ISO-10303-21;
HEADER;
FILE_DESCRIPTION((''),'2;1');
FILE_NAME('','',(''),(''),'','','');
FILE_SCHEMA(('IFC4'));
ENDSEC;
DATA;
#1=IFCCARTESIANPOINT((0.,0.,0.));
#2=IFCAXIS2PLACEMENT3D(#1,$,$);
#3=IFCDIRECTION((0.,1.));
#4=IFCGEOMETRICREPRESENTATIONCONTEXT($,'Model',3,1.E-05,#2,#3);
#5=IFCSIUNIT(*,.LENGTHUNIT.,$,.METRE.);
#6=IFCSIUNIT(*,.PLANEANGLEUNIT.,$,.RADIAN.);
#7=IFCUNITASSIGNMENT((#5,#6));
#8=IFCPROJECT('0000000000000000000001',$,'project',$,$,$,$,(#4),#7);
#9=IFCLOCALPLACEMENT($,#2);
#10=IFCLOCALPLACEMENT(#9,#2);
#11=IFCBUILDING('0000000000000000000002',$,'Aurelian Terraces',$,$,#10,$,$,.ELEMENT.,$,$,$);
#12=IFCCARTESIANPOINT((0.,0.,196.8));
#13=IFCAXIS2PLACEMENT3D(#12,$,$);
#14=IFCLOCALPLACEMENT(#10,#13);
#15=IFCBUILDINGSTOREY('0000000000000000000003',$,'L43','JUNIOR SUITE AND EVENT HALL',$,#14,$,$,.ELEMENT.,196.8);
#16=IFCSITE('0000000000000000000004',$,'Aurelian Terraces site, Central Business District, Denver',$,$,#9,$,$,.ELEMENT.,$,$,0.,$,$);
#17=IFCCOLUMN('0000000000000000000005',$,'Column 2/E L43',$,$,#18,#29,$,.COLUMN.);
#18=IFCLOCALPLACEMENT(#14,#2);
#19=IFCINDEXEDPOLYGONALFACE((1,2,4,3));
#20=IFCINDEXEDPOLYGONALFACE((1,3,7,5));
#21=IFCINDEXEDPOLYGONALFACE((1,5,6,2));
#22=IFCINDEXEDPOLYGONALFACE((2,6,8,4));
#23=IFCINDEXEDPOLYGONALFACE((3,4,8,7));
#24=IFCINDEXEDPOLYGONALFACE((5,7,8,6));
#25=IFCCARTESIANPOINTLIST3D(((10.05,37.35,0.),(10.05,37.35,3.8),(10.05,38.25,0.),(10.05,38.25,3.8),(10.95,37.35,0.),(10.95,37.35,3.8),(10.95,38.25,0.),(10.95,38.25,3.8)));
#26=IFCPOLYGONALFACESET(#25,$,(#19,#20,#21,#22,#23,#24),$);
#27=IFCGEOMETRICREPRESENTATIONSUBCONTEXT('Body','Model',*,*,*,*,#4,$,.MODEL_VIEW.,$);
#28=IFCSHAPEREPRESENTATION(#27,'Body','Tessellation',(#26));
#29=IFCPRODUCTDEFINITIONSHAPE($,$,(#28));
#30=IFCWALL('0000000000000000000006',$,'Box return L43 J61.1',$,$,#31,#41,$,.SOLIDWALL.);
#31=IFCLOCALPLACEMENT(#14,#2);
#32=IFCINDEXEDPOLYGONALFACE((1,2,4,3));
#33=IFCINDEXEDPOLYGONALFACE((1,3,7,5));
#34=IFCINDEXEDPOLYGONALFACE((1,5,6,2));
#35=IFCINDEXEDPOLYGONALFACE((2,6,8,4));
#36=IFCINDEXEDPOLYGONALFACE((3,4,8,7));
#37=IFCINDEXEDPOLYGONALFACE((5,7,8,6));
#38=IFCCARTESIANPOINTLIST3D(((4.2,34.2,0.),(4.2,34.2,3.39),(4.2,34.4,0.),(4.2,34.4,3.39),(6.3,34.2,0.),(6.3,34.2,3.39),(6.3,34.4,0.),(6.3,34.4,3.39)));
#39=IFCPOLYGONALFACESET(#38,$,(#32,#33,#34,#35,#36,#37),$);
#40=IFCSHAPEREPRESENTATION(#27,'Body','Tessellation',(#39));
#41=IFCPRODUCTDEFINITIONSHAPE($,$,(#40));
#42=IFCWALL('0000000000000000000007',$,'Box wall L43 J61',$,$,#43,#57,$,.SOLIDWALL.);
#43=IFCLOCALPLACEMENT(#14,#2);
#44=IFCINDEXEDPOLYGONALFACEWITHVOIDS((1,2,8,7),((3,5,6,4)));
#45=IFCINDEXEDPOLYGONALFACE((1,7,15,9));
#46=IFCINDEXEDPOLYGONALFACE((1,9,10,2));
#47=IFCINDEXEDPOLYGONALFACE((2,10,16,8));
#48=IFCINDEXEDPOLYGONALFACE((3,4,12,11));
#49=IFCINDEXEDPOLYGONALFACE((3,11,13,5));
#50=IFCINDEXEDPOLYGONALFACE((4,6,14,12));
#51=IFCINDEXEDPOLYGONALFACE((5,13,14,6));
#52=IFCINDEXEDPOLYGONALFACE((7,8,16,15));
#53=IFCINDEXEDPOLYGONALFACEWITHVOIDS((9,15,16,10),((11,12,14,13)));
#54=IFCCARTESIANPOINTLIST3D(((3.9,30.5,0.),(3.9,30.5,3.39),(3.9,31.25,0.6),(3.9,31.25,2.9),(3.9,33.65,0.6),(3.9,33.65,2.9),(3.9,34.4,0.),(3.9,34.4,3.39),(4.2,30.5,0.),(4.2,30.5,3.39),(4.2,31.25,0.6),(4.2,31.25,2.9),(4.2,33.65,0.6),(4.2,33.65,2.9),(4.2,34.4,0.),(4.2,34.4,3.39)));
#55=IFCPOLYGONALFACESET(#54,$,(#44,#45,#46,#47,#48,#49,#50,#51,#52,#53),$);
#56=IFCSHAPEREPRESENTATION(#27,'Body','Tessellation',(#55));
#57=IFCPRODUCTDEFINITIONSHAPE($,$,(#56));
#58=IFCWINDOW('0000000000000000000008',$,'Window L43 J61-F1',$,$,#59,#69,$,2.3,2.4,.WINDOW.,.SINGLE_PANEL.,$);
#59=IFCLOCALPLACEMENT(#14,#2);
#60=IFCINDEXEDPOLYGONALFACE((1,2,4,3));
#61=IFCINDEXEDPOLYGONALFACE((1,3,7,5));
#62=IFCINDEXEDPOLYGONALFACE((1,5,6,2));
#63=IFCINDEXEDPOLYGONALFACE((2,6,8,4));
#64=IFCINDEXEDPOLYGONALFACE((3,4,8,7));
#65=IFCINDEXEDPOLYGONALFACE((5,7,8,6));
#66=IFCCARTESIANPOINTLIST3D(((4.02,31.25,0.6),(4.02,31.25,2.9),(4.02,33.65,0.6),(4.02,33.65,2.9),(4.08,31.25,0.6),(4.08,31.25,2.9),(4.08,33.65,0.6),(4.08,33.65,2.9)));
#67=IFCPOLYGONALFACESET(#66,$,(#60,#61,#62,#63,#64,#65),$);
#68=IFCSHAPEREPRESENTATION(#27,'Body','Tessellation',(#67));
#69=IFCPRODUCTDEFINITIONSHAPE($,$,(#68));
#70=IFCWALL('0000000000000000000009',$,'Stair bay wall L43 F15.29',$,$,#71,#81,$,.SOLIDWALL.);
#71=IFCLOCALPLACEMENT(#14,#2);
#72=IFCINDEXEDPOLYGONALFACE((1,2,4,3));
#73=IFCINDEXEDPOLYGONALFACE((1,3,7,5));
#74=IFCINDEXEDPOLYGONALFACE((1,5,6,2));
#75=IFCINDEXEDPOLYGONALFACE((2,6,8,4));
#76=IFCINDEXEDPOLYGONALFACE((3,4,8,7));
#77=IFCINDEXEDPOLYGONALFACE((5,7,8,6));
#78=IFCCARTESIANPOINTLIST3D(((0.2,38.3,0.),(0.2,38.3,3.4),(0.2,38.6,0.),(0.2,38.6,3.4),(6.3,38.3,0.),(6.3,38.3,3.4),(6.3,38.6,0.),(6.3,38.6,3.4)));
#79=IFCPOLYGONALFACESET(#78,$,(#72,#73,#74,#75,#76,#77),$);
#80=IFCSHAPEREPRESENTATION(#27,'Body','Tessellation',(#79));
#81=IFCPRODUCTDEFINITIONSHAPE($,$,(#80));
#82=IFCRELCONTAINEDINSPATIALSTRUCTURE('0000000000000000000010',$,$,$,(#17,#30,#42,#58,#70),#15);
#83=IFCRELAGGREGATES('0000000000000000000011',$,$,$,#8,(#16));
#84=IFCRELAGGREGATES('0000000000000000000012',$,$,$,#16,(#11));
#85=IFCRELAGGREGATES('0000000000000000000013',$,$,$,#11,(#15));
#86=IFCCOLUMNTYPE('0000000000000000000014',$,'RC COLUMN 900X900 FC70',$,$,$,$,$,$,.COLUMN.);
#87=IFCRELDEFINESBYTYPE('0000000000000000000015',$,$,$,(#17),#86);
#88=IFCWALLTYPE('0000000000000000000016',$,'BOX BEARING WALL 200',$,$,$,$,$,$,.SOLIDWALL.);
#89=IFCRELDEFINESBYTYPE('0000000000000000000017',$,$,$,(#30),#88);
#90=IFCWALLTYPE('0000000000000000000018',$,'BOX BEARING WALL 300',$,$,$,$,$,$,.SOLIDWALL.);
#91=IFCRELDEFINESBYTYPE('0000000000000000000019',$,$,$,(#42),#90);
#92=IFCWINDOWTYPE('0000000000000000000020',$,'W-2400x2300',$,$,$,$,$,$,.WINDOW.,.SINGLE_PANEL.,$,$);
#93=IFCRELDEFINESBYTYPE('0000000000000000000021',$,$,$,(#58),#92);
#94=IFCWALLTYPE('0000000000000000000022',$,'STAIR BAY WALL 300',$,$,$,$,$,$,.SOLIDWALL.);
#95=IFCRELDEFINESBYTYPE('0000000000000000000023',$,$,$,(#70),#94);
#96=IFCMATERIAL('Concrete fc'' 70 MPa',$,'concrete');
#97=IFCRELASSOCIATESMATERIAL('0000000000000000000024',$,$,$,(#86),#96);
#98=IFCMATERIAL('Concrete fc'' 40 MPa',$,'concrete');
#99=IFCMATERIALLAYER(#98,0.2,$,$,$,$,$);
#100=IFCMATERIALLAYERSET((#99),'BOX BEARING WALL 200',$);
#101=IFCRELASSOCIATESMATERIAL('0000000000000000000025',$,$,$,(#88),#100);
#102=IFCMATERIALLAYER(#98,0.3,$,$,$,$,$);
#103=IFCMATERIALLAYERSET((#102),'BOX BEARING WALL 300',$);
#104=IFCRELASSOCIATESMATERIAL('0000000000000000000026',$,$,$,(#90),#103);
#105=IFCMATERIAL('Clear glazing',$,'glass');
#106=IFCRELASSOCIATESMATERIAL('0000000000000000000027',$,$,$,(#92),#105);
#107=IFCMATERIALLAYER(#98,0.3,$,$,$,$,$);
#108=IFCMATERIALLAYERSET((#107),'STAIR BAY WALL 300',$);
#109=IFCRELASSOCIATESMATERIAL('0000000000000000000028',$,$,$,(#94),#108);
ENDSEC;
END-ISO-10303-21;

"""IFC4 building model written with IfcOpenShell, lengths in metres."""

from ifc_helpers import new_model, si_unit, direction, frame, frame_2d, origin, origin_2d, place, context, subcontext, project, spatial, rectangle, extrude, source, transform, mapped, material, layer, layer_set, material_profile, profile_set, type_object, element, fill, save


model = new_model("IFC4")

# Units and contexts
model_context = context("Model", 3, precision=1e-05, world=origin(), true_north=direction((0.0, 1.0)))
body_context = subcontext(model_context, "Body", "Model", "MODEL_VIEW")
ifc_project = project(units=[si_unit("LENGTHUNIT", "METRE"), si_unit("PLANEANGLEUNIT", "RADIAN")], contexts=[model_context])

# Site, building, storey
site_placement = place(None, origin())
site = spatial("IfcSite", under=ifc_project, at=site_placement, Name="Aurelian Terraces site, Central Business District, Denver", CompositionType="ELEMENT", RefElevation=0.0)
building_placement = place(site_placement, origin())
building = spatial("IfcBuilding", under=site, at=building_placement, Name="Aurelian Terraces", CompositionType="ELEMENT")
storey_placement = place(building_placement, frame((0.0, 0.0, 196.8)))
storey = spatial("IfcBuildingStorey", under=building, at=storey_placement, Name="L43", Description="JUNIOR SUITE AND EVENT HALL", CompositionType="ELEMENT", Elevation=196.8)

# Column
ifc_material_1 = material(Name="Concrete fc' 70 MPa", Category="concrete")
ifc_material_profile = material_profile(ifc_material_1, rectangle(XDim=0.9, YDim=0.9, at=origin_2d()))
ifc_profile_set = profile_set([ifc_material_profile], Name="Concrete fc' 70 MPa")
column_type = type_object("IfcColumnType", Name="RC COLUMN 900X900 FC70", PredefinedType="COLUMN", material=ifc_profile_set)
shared_shape_1 = source(origin(), body_context, "Body", "SweptSolid", [
    extrude(rectangle(XDim=0.9, YDim=0.9, at=origin_2d()), origin(), (0.0, 0.0, 1.0), 3.8),
])
column_placement = place(storey_placement, frame((10.5, 37.8, 0.0), z_axis=(0.0, 0.0, 1.0), x_axis=(1.0, 0.0, 0.0)))
element("IfcColumn", 1, at=column_placement, inside=storey, type_object=column_type, Name="Column 2/E L43", PredefinedType="COLUMN", context=body_context, shape_type="MappedRepresentation", body=[
    mapped(shared_shape_1, transform((0.0, 0.0, 0.0), scale=1.0)),
])

# Wall
ifc_material_2 = material(Name="Concrete fc' 40 MPa", Category="concrete")
ifc_layer_1 = layer(ifc_material_2, 0.2)
ifc_layer_set_1 = layer_set([ifc_layer_1], Name="BOX BEARING WALL 200")
wall_type_1 = type_object("IfcWallType", Name="BOX BEARING WALL 200", PredefinedType="SOLIDWALL", material=ifc_layer_set_1)
wall_1_placement = place(storey_placement, frame((6.3, 34.3, 0.0), z_axis=(0.0, 0.0, 1.0), x_axis=(-1.0, 0.0, 0.0)))
element("IfcWall", 2, at=wall_1_placement, inside=storey, type_object=wall_type_1, Name="Box return L43 J61.1", PredefinedType="SOLIDWALL", context=body_context, shape_type="SweptSolid", body=[
    extrude(rectangle(XDim=2.1, YDim=0.2, at=frame_2d((1.05, 0.0))), origin(), (0.0, 0.0, 1.0), 3.39),
])

# Wall, opening, window
ifc_layer_2 = layer(ifc_material_2, 0.3)
ifc_layer_set_2 = layer_set([ifc_layer_2], Name="BOX BEARING WALL 300")
wall_type_2 = type_object("IfcWallType", Name="BOX BEARING WALL 300", PredefinedType="SOLIDWALL", material=ifc_layer_set_2)
wall_2_placement = place(storey_placement, frame((4.05, 34.4, 0.0), z_axis=(0.0, 0.0, 1.0), x_axis=(0.0, -1.0, 0.0)))
wall_2 = element("IfcWall", 3, at=wall_2_placement, inside=storey, type_object=wall_type_2, Name="Box wall L43 J61", PredefinedType="SOLIDWALL", context=body_context, shape_type="SweptSolid", body=[
    extrude(rectangle(XDim=3.9, YDim=0.3, at=frame_2d((1.95, 0.0))), origin(), (0.0, 0.0, 1.0), 3.39),
])
shared_shape_2 = source(origin(), body_context, "Body", "SweptSolid", [
    extrude(rectangle(XDim=2.4, YDim=2.3, at=frame_2d((1.2, 1.15))), frame((0.0, 0.16, 0.0), z_axis=(0.0, -1.0, 0.0), x_axis=(1.0, 0.0, 0.0)), (0.0, 0.0, 1.0), 0.32),
])
opening_1_placement = place(wall_2_placement, frame((0.75, 0.0, 0.6)))
opening_1 = element("IfcOpeningElement", 4, at=opening_1_placement, cuts=wall_2, PredefinedType="OPENING", context=body_context, shape_type="MappedRepresentation", body=[
    mapped(shared_shape_2, transform((0.0, 0.0, 0.0), scale=1.0)),
])
ifc_material_3 = material(Name="Clear glazing", Category="glass")
window_type_1 = type_object("IfcWindowType", Name="W-2400x2300", PartitioningType="SINGLE_PANEL", PredefinedType="WINDOW", material=ifc_material_3)
shared_shape_3 = source(origin(), body_context, "Body", "SweptSolid", [
    extrude(rectangle(XDim=2.4, YDim=2.3, at=frame_2d((1.2, 1.15))), frame((0.0, 0.03, 0.0), z_axis=(0.0, -1.0, 0.0), x_axis=(1.0, 0.0, 0.0)), (0.0, 0.0, 1.0), 0.06),
])
window_1_placement = place(opening_1_placement, origin())
window_1 = element("IfcWindow", 5, at=window_1_placement, inside=storey, type_object=window_type_1, Name="Window L43 J61-F1", OverallHeight=2.3, OverallWidth=2.4, PartitioningType="SINGLE_PANEL", PredefinedType="WINDOW", context=body_context, shape_type="MappedRepresentation", body=[
    mapped(shared_shape_3, transform((0.0, 0.0, 0.0), scale=1.0)),
])
fill(opening_1, window_1)

# Wall
ifc_layer_3 = layer(ifc_material_2, 0.3)
ifc_layer_set_3 = layer_set([ifc_layer_3], Name="STAIR BAY WALL 300")
wall_type_3 = type_object("IfcWallType", Name="STAIR BAY WALL 300", PredefinedType="SOLIDWALL", material=ifc_layer_set_3)
shared_shape_4 = source(origin(), body_context, "Body", "SweptSolid", [
    extrude(rectangle(XDim=6.1, YDim=0.3, at=frame_2d((3.05, 0.0))), origin(), (0.0, 0.0, 1.0), 3.4),
])
wall_3_placement = place(storey_placement, frame((0.2, 38.45, 0.0), z_axis=(0.0, 0.0, 1.0), x_axis=(1.0, 0.0, 0.0)))
element("IfcWall", 6, at=wall_3_placement, inside=storey, type_object=wall_type_3, Name="Stair bay wall L43 F15.29", PredefinedType="SOLIDWALL", context=body_context, shape_type="MappedRepresentation", body=[
    mapped(shared_shape_4, transform((0.0, 0.0, 0.0), scale=1.0)),
])

save(model, "model.ifc")
